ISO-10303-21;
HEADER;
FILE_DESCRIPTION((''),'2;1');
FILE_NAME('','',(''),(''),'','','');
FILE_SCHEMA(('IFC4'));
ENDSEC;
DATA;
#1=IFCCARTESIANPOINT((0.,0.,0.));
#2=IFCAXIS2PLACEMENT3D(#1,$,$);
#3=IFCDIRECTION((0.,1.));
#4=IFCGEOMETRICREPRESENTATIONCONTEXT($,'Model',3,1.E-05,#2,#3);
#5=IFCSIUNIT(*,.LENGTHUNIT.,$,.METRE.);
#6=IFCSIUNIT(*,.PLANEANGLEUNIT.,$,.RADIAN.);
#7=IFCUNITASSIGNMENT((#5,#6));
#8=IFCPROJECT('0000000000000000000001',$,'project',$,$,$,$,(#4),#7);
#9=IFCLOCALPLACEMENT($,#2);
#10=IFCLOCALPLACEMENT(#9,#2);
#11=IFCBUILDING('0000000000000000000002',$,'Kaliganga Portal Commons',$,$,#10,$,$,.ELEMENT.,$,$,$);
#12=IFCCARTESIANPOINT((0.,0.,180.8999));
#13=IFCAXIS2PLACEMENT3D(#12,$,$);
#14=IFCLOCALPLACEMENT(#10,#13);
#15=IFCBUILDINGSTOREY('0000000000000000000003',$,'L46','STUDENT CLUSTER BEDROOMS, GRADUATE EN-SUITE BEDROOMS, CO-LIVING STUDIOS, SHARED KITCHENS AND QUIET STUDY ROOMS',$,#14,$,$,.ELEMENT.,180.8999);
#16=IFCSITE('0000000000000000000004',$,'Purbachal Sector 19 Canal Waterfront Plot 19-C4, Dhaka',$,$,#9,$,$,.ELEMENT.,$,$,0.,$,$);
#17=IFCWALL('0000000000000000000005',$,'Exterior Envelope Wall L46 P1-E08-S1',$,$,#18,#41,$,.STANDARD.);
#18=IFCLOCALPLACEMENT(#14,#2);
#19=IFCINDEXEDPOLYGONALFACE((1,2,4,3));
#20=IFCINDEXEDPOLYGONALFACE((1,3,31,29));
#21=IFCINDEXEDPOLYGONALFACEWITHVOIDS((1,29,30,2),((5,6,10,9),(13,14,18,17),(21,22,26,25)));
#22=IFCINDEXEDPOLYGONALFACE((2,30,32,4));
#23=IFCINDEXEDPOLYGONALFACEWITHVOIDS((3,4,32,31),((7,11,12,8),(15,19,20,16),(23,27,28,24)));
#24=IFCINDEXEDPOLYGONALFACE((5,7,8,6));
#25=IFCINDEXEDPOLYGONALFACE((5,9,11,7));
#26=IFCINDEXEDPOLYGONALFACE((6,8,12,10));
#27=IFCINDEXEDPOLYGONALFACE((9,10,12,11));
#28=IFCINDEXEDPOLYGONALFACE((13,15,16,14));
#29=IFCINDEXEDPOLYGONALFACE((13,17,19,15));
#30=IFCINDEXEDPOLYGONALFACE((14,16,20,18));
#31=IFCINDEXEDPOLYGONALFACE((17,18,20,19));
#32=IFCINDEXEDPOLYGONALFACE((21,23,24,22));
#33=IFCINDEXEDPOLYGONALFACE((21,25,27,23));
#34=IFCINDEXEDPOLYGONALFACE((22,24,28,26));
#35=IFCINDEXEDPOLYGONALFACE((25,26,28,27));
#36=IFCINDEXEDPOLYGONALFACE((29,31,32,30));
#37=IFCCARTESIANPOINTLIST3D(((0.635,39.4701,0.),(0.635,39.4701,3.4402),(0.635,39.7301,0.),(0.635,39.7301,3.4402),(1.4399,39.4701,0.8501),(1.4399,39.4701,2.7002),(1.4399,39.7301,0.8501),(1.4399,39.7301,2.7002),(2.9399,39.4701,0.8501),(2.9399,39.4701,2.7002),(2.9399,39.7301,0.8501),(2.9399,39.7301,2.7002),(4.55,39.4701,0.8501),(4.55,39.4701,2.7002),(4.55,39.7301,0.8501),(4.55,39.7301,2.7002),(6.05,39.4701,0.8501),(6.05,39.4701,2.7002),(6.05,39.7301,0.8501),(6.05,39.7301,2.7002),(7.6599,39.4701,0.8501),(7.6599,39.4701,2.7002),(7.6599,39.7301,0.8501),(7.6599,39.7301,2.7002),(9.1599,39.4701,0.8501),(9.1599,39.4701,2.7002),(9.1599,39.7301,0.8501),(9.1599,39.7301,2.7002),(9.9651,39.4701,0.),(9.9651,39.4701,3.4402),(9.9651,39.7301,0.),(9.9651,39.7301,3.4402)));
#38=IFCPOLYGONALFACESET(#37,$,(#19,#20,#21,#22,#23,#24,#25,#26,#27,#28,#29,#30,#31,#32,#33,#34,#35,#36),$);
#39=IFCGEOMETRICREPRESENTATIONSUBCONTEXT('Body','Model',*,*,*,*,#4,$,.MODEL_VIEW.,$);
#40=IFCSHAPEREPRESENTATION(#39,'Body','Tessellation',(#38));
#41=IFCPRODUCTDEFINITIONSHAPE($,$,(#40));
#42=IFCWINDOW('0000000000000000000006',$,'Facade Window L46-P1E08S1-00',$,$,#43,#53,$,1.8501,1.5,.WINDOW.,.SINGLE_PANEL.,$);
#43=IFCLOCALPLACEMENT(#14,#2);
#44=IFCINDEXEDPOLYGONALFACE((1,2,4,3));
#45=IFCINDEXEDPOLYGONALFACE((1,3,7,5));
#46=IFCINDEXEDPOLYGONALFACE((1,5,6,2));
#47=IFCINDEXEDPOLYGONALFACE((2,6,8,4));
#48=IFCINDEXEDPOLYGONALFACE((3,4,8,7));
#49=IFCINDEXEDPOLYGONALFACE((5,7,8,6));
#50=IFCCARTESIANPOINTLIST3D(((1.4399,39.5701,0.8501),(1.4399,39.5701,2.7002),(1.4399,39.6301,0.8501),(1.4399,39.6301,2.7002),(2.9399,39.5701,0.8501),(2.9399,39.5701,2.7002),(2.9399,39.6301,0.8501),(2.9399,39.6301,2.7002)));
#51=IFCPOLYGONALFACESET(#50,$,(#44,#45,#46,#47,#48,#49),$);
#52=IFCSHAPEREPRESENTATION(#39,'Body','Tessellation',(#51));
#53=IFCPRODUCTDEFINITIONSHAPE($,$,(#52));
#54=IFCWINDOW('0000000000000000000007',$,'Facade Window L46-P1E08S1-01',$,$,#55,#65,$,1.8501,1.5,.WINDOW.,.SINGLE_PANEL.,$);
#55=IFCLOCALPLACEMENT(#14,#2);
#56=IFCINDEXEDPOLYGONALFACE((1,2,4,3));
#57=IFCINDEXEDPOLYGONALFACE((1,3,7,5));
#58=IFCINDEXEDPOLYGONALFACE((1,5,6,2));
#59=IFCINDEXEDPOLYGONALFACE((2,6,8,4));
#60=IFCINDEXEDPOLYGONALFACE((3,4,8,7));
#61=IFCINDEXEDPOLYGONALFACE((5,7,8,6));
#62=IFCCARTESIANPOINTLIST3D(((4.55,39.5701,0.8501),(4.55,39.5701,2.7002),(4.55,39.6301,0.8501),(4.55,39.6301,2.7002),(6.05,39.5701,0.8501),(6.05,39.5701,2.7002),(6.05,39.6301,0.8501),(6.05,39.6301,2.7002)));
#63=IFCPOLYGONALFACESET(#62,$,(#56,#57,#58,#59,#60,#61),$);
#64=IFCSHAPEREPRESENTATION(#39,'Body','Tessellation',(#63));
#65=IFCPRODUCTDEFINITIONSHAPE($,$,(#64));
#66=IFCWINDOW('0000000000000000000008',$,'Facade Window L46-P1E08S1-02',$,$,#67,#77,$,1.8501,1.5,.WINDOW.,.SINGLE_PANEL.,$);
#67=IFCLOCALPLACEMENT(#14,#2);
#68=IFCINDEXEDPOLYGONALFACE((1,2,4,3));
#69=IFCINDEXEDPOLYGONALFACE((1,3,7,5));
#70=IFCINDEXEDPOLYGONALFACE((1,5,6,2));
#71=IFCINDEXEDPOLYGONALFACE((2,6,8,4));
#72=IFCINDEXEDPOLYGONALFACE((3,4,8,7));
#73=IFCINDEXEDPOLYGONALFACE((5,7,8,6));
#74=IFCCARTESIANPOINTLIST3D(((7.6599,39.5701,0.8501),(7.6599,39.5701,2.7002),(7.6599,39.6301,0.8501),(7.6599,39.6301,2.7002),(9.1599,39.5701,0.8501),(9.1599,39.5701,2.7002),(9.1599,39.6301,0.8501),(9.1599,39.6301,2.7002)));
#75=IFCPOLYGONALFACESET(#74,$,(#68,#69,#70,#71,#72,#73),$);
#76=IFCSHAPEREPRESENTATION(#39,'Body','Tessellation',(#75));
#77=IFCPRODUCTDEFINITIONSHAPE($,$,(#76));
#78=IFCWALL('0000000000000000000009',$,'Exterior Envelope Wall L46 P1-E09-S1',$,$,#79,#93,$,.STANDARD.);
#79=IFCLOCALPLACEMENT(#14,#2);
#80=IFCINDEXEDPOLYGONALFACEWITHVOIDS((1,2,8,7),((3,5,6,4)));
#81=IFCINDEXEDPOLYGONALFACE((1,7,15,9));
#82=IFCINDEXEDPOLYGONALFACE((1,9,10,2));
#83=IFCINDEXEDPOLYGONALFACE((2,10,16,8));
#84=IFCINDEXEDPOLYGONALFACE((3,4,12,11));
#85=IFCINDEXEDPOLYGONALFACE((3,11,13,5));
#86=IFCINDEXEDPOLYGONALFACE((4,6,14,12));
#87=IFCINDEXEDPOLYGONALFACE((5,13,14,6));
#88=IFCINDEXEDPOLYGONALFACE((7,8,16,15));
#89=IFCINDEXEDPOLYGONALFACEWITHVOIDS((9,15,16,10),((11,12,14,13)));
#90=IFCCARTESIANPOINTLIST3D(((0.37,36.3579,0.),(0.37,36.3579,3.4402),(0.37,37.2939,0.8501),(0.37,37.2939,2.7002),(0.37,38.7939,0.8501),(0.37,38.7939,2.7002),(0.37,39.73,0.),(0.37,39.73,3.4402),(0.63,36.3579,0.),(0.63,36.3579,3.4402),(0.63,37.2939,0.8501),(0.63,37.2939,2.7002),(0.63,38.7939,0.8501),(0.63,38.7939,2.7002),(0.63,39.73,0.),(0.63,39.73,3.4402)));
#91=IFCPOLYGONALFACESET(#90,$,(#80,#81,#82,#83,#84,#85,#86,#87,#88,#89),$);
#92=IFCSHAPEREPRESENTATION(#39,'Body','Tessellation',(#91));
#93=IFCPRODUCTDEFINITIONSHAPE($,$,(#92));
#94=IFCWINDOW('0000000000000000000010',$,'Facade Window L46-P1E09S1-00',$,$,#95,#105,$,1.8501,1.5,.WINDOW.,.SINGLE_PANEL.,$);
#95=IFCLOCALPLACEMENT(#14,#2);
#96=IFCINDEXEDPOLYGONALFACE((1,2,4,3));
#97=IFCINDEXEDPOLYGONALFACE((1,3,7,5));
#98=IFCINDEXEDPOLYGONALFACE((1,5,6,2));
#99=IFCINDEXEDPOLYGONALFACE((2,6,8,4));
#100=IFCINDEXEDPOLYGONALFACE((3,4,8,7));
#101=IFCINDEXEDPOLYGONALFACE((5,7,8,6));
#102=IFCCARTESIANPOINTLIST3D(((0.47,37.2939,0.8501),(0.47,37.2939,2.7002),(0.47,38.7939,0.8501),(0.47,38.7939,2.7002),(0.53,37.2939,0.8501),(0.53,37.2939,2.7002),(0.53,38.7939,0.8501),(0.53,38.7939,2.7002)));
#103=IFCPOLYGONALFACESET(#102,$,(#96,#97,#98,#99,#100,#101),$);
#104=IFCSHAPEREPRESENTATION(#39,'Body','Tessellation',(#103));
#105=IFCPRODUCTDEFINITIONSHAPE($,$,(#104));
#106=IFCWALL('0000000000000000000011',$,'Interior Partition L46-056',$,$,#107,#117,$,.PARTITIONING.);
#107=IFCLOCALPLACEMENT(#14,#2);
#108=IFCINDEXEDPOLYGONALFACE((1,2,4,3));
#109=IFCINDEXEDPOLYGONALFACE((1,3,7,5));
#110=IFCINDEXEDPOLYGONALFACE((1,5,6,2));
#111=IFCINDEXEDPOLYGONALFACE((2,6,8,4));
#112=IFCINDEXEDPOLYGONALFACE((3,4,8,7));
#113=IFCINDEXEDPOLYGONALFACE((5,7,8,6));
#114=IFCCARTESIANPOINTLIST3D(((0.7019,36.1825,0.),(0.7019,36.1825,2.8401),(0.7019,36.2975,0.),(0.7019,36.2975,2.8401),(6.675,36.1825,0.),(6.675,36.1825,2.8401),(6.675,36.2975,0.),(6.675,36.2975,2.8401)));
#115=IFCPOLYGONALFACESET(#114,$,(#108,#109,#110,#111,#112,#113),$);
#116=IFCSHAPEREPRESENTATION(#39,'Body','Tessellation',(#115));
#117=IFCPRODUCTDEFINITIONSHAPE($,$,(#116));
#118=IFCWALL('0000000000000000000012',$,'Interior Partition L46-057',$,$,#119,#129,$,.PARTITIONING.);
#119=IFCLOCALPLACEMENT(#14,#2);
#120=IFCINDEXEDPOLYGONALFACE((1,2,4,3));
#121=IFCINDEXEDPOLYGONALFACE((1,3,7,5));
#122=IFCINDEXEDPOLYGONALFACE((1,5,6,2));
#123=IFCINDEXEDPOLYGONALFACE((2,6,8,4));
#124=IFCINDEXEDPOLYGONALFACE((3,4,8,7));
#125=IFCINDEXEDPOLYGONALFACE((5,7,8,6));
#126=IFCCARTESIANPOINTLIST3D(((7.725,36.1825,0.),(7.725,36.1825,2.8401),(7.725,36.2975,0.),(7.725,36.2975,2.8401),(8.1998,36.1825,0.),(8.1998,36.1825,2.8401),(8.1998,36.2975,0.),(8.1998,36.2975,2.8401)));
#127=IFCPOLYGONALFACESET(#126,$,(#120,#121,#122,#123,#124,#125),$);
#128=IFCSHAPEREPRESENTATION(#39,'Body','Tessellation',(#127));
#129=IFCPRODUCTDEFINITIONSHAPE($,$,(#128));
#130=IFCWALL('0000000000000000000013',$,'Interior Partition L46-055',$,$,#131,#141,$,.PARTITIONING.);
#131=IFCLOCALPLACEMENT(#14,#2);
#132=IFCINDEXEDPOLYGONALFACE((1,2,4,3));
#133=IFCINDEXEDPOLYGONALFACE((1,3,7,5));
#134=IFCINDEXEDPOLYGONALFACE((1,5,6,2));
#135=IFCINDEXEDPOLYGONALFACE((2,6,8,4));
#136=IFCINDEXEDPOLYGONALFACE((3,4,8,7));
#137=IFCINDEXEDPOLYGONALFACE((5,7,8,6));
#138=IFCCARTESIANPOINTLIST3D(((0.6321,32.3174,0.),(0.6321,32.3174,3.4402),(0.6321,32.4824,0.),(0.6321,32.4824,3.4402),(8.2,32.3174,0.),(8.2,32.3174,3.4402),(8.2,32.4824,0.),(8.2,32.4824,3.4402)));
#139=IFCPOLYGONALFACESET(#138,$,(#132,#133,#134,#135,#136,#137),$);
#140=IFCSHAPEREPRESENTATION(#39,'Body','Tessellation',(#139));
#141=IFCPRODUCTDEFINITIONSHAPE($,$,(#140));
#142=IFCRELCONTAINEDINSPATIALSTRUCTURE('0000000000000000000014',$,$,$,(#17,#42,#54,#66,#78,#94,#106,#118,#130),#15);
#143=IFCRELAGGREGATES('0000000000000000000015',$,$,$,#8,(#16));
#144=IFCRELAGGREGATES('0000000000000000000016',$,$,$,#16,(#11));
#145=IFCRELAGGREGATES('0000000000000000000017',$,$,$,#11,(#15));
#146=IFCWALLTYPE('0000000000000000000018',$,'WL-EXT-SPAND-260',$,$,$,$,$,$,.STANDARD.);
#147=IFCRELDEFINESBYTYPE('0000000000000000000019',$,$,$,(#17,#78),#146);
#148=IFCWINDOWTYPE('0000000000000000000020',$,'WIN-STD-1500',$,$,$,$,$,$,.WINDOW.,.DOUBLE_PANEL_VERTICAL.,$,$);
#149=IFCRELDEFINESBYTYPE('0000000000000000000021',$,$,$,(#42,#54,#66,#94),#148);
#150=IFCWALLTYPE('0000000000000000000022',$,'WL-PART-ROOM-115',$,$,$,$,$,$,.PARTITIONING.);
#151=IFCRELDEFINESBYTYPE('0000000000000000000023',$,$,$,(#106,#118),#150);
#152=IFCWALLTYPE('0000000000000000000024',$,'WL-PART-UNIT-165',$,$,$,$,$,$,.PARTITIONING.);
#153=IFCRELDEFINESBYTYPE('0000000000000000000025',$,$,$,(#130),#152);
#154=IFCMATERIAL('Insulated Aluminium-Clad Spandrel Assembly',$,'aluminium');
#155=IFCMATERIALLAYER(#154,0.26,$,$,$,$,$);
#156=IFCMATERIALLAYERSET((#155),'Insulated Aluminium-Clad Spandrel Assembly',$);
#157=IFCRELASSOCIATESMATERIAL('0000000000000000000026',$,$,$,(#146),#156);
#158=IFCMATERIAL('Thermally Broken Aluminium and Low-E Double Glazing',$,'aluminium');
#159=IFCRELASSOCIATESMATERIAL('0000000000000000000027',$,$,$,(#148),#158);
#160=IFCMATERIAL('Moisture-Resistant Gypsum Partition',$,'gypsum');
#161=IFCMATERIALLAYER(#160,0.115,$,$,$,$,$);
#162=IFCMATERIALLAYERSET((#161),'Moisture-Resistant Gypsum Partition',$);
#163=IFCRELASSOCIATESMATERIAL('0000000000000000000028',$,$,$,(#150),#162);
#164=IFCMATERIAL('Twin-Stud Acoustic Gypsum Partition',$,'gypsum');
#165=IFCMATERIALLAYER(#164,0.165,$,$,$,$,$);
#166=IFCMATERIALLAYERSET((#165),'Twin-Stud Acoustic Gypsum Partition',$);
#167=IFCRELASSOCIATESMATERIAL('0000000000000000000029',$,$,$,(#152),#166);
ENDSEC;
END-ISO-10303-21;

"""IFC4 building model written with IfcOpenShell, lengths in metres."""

from ifc_helpers import new_model, si_unit, direction, frame, frame_2d, origin, place, context, subcontext, project, spatial, rectangle, extrude, material, layer, layer_set, type_object, element, fill, save


model = new_model("IFC4")

# Units and contexts
model_context = context("Model", 3, precision=1e-05, world=origin(), true_north=direction((0.0, 1.0)))
body_context = subcontext(model_context, "Body", "Model", "MODEL_VIEW")
ifc_project = project(units=[si_unit("LENGTHUNIT", "METRE"), si_unit("PLANEANGLEUNIT", "RADIAN")], contexts=[model_context])

# Site, building, storey
site_placement = place(None, origin())
site = spatial("IfcSite", under=ifc_project, at=site_placement, Name="Purbachal Sector 19 Canal Waterfront Plot 19-C4, Dhaka", CompositionType="ELEMENT", RefElevation=0.0)
building_placement = place(site_placement, origin())
building = spatial("IfcBuilding", under=site, at=building_placement, Name="Kaliganga Portal Commons", CompositionType="ELEMENT")
storey_placement = place(building_placement, frame((0.0, 0.0, 180.8999)))
storey = spatial("IfcBuildingStorey", under=building, at=storey_placement, Name="L46", Description="STUDENT CLUSTER BEDROOMS, GRADUATE EN-SUITE BEDROOMS, CO-LIVING STUDIOS, SHARED KITCHENS AND QUIET STUDY ROOMS", CompositionType="ELEMENT", Elevation=180.8999)

# Wall, openings, windows
ifc_material_1 = material(Name="Insulated Aluminium-Clad Spandrel Assembly", Category="aluminium")
ifc_layer_1 = layer(ifc_material_1, 0.26)
ifc_layer_set_1 = layer_set([ifc_layer_1], Name="Insulated Aluminium-Clad Spandrel Assembly")
wall_type_1 = type_object("IfcWallType", Name="WL-EXT-SPAND-260", PredefinedType="STANDARD", material=ifc_layer_set_1)
wall_1_placement = place(storey_placement, frame((0.635, 39.6001, 0.0), z_axis=(0.0, 0.0, 1.0), x_axis=(1.0, 0.0, 0.0)))
wall_1 = element("IfcWall", 1, at=wall_1_placement, inside=storey, type_object=wall_type_1, Name="Exterior Envelope Wall L46 P1-E08-S1", PredefinedType="STANDARD", context=body_context, shape_type="SweptSolid", body=[
    extrude(rectangle(XDim=9.3301, YDim=0.26, at=frame_2d((4.665, 0.0))), origin(), (0.0, 0.0, 1.0), 3.4402),
])
opening_1_placement = place(wall_1_placement, frame((0.8049, 0.0, 0.8501)))
opening_1 = element("IfcOpeningElement", 2, at=opening_1_placement, cuts=wall_1, PredefinedType="OPENING", context=body_context, shape_type="SweptSolid", body=[
    extrude(rectangle(XDim=1.5, YDim=1.8501, at=frame_2d((0.75, 0.925))), frame((0.0, 0.1401, 0.0), z_axis=(0.0, -1.0, 0.0), x_axis=(1.0, 0.0, 0.0)), (0.0, 0.0, 1.0), 0.28),
])
opening_2_placement = place(wall_1_placement, frame((3.915, 0.0, 0.8501)))
opening_2 = element("IfcOpeningElement", 3, at=opening_2_placement, cuts=wall_1, PredefinedType="OPENING", context=body_context, shape_type="SweptSolid", body=[
    extrude(rectangle(XDim=1.5, YDim=1.8501, at=frame_2d((0.75, 0.925))), frame((0.0, 0.1401, 0.0), z_axis=(0.0, -1.0, 0.0), x_axis=(1.0, 0.0, 0.0)), (0.0, 0.0, 1.0), 0.28),
])
opening_3_placement = place(wall_1_placement, frame((7.0249, 0.0, 0.8501)))
opening_3 = element("IfcOpeningElement", 4, at=opening_3_placement, cuts=wall_1, PredefinedType="OPENING", context=body_context, shape_type="SweptSolid", body=[
    extrude(rectangle(XDim=1.5, YDim=1.8501, at=frame_2d((0.75, 0.925))), frame((0.0, 0.1401, 0.0), z_axis=(0.0, -1.0, 0.0), x_axis=(1.0, 0.0, 0.0)), (0.0, 0.0, 1.0), 0.28),
])
ifc_material_2 = material(Name="Thermally Broken Aluminium and Low-E Double Glazing", Category="aluminium")
window_type = type_object("IfcWindowType", Name="WIN-STD-1500", PartitioningType="DOUBLE_PANEL_VERTICAL", PredefinedType="WINDOW", material=ifc_material_2)
window_1_placement = place(opening_1_placement, origin())
window_1 = element("IfcWindow", 5, at=window_1_placement, inside=storey, type_object=window_type, Name="Facade Window L46-P1E08S1-00", OverallHeight=1.8501, OverallWidth=1.5, PartitioningType="SINGLE_PANEL", PredefinedType="WINDOW", context=body_context, shape_type="SweptSolid", body=[
    extrude(rectangle(XDim=1.5, YDim=1.8501, at=frame_2d((0.75, 0.925))), frame((0.0, 0.03, 0.0), z_axis=(0.0, -1.0, 0.0), x_axis=(1.0, 0.0, 0.0)), (0.0, 0.0, 1.0), 0.0601),
])
fill(opening_1, window_1)
window_2_placement = place(opening_2_placement, origin())
window_2 = element("IfcWindow", 6, at=window_2_placement, inside=storey, type_object=window_type, Name="Facade Window L46-P1E08S1-01", OverallHeight=1.8501, OverallWidth=1.5, PartitioningType="SINGLE_PANEL", PredefinedType="WINDOW", context=body_context, shape_type="SweptSolid", body=[
    extrude(rectangle(XDim=1.5, YDim=1.8501, at=frame_2d((0.75, 0.925))), frame((0.0, 0.03, 0.0), z_axis=(0.0, -1.0, 0.0), x_axis=(1.0, 0.0, 0.0)), (0.0, 0.0, 1.0), 0.0601),
])
fill(opening_2, window_2)
window_3_placement = place(opening_3_placement, origin())
window_3 = element("IfcWindow", 7, at=window_3_placement, inside=storey, type_object=window_type, Name="Facade Window L46-P1E08S1-02", OverallHeight=1.8501, OverallWidth=1.5, PartitioningType="SINGLE_PANEL", PredefinedType="WINDOW", context=body_context, shape_type="SweptSolid", body=[
    extrude(rectangle(XDim=1.5, YDim=1.8501, at=frame_2d((0.75, 0.925))), frame((0.0, 0.03, 0.0), z_axis=(0.0, -1.0, 0.0), x_axis=(1.0, 0.0, 0.0)), (0.0, 0.0, 1.0), 0.0601),
])
fill(opening_3, window_3)

# Wall, opening, window
wall_2_placement = place(storey_placement, frame((0.5, 36.3579, 0.0), z_axis=(0.0, 0.0, 1.0), x_axis=(0.0, 1.0, 0.0)))
wall_2 = element("IfcWall", 8, at=wall_2_placement, inside=storey, type_object=wall_type_1, Name="Exterior Envelope Wall L46 P1-E09-S1", PredefinedType="STANDARD", context=body_context, shape_type="SweptSolid", body=[
    extrude(rectangle(XDim=3.3721, YDim=0.26, at=frame_2d((1.686, 0.0))), origin(), (0.0, 0.0, 1.0), 3.4402),
])
opening_4_placement = place(wall_2_placement, frame((0.936, 0.0, 0.8501)))
opening_4 = element("IfcOpeningElement", 9, at=opening_4_placement, cuts=wall_2, PredefinedType="OPENING", context=body_context, shape_type="SweptSolid", body=[
    extrude(rectangle(XDim=1.5, YDim=1.8501, at=frame_2d((0.75, 0.925))), frame((0.0, 0.1401, 0.0), z_axis=(0.0, -1.0, 0.0), x_axis=(1.0, 0.0, 0.0)), (0.0, 0.0, 1.0), 0.28),
])
window_4_placement = place(opening_4_placement, origin())
window_4 = element("IfcWindow", 10, at=window_4_placement, inside=storey, type_object=window_type, Name="Facade Window L46-P1E09S1-00", OverallHeight=1.8501, OverallWidth=1.5, PartitioningType="SINGLE_PANEL", PredefinedType="WINDOW", context=body_context, shape_type="SweptSolid", body=[
    extrude(rectangle(XDim=1.5, YDim=1.8501, at=frame_2d((0.75, 0.925))), frame((0.0, 0.03, 0.0), z_axis=(0.0, -1.0, 0.0), x_axis=(1.0, 0.0, 0.0)), (0.0, 0.0, 1.0), 0.0601),
])
fill(opening_4, window_4)

# Walls
ifc_material_3 = material(Name="Moisture-Resistant Gypsum Partition", Category="gypsum")
ifc_layer_2 = layer(ifc_material_3, 0.115)
ifc_layer_set_2 = layer_set([ifc_layer_2], Name="Moisture-Resistant Gypsum Partition")
wall_type_2 = type_object("IfcWallType", Name="WL-PART-ROOM-115", PredefinedType="PARTITIONING", material=ifc_layer_set_2)
wall_3_placement = place(storey_placement, frame((0.7019, 36.24, 0.0), z_axis=(0.0, 0.0, 1.0), x_axis=(1.0, 0.0, 0.0)))
element("IfcWall", 11, at=wall_3_placement, inside=storey, type_object=wall_type_2, Name="Interior Partition L46-056", PredefinedType="PARTITIONING", context=body_context, shape_type="SweptSolid", body=[
    extrude(rectangle(XDim=5.9731, YDim=0.115, at=frame_2d((2.9866, 0.0))), origin(), (0.0, 0.0, 1.0), 2.8401),
])
wall_4_placement = place(storey_placement, frame((7.7251, 36.24, 0.0), z_axis=(0.0, 0.0, 1.0), x_axis=(1.0, 0.0, 0.0)))
element("IfcWall", 12, at=wall_4_placement, inside=storey, type_object=wall_type_2, Name="Interior Partition L46-057", PredefinedType="PARTITIONING", context=body_context, shape_type="SweptSolid", body=[
    extrude(rectangle(XDim=0.4749, YDim=0.115, at=frame_2d((0.2373, 0.0))), origin(), (0.0, 0.0, 1.0), 2.8401),
])
ifc_material_4 = material(Name="Twin-Stud Acoustic Gypsum Partition", Category="gypsum")
ifc_layer_3 = layer(ifc_material_4, 0.165)
ifc_layer_set_3 = layer_set([ifc_layer_3], Name="Twin-Stud Acoustic Gypsum Partition")
wall_type_3 = type_object("IfcWallType", Name="WL-PART-UNIT-165", PredefinedType="PARTITIONING", material=ifc_layer_set_3)
wall_5_placement = place(storey_placement, frame((0.6321, 32.3999, 0.0), z_axis=(0.0, 0.0, 1.0), x_axis=(1.0, 0.0, 0.0)))
element("IfcWall", 13, at=wall_5_placement, inside=storey, type_object=wall_type_3, Name="Interior Partition L46-055", PredefinedType="PARTITIONING", context=body_context, shape_type="SweptSolid", body=[
    extrude(rectangle(XDim=7.5679, YDim=0.165, at=frame_2d((3.7839, 0.0))), origin(), (0.0, 0.0, 1.0), 3.4402),
])

save(model, "model.ifc")
